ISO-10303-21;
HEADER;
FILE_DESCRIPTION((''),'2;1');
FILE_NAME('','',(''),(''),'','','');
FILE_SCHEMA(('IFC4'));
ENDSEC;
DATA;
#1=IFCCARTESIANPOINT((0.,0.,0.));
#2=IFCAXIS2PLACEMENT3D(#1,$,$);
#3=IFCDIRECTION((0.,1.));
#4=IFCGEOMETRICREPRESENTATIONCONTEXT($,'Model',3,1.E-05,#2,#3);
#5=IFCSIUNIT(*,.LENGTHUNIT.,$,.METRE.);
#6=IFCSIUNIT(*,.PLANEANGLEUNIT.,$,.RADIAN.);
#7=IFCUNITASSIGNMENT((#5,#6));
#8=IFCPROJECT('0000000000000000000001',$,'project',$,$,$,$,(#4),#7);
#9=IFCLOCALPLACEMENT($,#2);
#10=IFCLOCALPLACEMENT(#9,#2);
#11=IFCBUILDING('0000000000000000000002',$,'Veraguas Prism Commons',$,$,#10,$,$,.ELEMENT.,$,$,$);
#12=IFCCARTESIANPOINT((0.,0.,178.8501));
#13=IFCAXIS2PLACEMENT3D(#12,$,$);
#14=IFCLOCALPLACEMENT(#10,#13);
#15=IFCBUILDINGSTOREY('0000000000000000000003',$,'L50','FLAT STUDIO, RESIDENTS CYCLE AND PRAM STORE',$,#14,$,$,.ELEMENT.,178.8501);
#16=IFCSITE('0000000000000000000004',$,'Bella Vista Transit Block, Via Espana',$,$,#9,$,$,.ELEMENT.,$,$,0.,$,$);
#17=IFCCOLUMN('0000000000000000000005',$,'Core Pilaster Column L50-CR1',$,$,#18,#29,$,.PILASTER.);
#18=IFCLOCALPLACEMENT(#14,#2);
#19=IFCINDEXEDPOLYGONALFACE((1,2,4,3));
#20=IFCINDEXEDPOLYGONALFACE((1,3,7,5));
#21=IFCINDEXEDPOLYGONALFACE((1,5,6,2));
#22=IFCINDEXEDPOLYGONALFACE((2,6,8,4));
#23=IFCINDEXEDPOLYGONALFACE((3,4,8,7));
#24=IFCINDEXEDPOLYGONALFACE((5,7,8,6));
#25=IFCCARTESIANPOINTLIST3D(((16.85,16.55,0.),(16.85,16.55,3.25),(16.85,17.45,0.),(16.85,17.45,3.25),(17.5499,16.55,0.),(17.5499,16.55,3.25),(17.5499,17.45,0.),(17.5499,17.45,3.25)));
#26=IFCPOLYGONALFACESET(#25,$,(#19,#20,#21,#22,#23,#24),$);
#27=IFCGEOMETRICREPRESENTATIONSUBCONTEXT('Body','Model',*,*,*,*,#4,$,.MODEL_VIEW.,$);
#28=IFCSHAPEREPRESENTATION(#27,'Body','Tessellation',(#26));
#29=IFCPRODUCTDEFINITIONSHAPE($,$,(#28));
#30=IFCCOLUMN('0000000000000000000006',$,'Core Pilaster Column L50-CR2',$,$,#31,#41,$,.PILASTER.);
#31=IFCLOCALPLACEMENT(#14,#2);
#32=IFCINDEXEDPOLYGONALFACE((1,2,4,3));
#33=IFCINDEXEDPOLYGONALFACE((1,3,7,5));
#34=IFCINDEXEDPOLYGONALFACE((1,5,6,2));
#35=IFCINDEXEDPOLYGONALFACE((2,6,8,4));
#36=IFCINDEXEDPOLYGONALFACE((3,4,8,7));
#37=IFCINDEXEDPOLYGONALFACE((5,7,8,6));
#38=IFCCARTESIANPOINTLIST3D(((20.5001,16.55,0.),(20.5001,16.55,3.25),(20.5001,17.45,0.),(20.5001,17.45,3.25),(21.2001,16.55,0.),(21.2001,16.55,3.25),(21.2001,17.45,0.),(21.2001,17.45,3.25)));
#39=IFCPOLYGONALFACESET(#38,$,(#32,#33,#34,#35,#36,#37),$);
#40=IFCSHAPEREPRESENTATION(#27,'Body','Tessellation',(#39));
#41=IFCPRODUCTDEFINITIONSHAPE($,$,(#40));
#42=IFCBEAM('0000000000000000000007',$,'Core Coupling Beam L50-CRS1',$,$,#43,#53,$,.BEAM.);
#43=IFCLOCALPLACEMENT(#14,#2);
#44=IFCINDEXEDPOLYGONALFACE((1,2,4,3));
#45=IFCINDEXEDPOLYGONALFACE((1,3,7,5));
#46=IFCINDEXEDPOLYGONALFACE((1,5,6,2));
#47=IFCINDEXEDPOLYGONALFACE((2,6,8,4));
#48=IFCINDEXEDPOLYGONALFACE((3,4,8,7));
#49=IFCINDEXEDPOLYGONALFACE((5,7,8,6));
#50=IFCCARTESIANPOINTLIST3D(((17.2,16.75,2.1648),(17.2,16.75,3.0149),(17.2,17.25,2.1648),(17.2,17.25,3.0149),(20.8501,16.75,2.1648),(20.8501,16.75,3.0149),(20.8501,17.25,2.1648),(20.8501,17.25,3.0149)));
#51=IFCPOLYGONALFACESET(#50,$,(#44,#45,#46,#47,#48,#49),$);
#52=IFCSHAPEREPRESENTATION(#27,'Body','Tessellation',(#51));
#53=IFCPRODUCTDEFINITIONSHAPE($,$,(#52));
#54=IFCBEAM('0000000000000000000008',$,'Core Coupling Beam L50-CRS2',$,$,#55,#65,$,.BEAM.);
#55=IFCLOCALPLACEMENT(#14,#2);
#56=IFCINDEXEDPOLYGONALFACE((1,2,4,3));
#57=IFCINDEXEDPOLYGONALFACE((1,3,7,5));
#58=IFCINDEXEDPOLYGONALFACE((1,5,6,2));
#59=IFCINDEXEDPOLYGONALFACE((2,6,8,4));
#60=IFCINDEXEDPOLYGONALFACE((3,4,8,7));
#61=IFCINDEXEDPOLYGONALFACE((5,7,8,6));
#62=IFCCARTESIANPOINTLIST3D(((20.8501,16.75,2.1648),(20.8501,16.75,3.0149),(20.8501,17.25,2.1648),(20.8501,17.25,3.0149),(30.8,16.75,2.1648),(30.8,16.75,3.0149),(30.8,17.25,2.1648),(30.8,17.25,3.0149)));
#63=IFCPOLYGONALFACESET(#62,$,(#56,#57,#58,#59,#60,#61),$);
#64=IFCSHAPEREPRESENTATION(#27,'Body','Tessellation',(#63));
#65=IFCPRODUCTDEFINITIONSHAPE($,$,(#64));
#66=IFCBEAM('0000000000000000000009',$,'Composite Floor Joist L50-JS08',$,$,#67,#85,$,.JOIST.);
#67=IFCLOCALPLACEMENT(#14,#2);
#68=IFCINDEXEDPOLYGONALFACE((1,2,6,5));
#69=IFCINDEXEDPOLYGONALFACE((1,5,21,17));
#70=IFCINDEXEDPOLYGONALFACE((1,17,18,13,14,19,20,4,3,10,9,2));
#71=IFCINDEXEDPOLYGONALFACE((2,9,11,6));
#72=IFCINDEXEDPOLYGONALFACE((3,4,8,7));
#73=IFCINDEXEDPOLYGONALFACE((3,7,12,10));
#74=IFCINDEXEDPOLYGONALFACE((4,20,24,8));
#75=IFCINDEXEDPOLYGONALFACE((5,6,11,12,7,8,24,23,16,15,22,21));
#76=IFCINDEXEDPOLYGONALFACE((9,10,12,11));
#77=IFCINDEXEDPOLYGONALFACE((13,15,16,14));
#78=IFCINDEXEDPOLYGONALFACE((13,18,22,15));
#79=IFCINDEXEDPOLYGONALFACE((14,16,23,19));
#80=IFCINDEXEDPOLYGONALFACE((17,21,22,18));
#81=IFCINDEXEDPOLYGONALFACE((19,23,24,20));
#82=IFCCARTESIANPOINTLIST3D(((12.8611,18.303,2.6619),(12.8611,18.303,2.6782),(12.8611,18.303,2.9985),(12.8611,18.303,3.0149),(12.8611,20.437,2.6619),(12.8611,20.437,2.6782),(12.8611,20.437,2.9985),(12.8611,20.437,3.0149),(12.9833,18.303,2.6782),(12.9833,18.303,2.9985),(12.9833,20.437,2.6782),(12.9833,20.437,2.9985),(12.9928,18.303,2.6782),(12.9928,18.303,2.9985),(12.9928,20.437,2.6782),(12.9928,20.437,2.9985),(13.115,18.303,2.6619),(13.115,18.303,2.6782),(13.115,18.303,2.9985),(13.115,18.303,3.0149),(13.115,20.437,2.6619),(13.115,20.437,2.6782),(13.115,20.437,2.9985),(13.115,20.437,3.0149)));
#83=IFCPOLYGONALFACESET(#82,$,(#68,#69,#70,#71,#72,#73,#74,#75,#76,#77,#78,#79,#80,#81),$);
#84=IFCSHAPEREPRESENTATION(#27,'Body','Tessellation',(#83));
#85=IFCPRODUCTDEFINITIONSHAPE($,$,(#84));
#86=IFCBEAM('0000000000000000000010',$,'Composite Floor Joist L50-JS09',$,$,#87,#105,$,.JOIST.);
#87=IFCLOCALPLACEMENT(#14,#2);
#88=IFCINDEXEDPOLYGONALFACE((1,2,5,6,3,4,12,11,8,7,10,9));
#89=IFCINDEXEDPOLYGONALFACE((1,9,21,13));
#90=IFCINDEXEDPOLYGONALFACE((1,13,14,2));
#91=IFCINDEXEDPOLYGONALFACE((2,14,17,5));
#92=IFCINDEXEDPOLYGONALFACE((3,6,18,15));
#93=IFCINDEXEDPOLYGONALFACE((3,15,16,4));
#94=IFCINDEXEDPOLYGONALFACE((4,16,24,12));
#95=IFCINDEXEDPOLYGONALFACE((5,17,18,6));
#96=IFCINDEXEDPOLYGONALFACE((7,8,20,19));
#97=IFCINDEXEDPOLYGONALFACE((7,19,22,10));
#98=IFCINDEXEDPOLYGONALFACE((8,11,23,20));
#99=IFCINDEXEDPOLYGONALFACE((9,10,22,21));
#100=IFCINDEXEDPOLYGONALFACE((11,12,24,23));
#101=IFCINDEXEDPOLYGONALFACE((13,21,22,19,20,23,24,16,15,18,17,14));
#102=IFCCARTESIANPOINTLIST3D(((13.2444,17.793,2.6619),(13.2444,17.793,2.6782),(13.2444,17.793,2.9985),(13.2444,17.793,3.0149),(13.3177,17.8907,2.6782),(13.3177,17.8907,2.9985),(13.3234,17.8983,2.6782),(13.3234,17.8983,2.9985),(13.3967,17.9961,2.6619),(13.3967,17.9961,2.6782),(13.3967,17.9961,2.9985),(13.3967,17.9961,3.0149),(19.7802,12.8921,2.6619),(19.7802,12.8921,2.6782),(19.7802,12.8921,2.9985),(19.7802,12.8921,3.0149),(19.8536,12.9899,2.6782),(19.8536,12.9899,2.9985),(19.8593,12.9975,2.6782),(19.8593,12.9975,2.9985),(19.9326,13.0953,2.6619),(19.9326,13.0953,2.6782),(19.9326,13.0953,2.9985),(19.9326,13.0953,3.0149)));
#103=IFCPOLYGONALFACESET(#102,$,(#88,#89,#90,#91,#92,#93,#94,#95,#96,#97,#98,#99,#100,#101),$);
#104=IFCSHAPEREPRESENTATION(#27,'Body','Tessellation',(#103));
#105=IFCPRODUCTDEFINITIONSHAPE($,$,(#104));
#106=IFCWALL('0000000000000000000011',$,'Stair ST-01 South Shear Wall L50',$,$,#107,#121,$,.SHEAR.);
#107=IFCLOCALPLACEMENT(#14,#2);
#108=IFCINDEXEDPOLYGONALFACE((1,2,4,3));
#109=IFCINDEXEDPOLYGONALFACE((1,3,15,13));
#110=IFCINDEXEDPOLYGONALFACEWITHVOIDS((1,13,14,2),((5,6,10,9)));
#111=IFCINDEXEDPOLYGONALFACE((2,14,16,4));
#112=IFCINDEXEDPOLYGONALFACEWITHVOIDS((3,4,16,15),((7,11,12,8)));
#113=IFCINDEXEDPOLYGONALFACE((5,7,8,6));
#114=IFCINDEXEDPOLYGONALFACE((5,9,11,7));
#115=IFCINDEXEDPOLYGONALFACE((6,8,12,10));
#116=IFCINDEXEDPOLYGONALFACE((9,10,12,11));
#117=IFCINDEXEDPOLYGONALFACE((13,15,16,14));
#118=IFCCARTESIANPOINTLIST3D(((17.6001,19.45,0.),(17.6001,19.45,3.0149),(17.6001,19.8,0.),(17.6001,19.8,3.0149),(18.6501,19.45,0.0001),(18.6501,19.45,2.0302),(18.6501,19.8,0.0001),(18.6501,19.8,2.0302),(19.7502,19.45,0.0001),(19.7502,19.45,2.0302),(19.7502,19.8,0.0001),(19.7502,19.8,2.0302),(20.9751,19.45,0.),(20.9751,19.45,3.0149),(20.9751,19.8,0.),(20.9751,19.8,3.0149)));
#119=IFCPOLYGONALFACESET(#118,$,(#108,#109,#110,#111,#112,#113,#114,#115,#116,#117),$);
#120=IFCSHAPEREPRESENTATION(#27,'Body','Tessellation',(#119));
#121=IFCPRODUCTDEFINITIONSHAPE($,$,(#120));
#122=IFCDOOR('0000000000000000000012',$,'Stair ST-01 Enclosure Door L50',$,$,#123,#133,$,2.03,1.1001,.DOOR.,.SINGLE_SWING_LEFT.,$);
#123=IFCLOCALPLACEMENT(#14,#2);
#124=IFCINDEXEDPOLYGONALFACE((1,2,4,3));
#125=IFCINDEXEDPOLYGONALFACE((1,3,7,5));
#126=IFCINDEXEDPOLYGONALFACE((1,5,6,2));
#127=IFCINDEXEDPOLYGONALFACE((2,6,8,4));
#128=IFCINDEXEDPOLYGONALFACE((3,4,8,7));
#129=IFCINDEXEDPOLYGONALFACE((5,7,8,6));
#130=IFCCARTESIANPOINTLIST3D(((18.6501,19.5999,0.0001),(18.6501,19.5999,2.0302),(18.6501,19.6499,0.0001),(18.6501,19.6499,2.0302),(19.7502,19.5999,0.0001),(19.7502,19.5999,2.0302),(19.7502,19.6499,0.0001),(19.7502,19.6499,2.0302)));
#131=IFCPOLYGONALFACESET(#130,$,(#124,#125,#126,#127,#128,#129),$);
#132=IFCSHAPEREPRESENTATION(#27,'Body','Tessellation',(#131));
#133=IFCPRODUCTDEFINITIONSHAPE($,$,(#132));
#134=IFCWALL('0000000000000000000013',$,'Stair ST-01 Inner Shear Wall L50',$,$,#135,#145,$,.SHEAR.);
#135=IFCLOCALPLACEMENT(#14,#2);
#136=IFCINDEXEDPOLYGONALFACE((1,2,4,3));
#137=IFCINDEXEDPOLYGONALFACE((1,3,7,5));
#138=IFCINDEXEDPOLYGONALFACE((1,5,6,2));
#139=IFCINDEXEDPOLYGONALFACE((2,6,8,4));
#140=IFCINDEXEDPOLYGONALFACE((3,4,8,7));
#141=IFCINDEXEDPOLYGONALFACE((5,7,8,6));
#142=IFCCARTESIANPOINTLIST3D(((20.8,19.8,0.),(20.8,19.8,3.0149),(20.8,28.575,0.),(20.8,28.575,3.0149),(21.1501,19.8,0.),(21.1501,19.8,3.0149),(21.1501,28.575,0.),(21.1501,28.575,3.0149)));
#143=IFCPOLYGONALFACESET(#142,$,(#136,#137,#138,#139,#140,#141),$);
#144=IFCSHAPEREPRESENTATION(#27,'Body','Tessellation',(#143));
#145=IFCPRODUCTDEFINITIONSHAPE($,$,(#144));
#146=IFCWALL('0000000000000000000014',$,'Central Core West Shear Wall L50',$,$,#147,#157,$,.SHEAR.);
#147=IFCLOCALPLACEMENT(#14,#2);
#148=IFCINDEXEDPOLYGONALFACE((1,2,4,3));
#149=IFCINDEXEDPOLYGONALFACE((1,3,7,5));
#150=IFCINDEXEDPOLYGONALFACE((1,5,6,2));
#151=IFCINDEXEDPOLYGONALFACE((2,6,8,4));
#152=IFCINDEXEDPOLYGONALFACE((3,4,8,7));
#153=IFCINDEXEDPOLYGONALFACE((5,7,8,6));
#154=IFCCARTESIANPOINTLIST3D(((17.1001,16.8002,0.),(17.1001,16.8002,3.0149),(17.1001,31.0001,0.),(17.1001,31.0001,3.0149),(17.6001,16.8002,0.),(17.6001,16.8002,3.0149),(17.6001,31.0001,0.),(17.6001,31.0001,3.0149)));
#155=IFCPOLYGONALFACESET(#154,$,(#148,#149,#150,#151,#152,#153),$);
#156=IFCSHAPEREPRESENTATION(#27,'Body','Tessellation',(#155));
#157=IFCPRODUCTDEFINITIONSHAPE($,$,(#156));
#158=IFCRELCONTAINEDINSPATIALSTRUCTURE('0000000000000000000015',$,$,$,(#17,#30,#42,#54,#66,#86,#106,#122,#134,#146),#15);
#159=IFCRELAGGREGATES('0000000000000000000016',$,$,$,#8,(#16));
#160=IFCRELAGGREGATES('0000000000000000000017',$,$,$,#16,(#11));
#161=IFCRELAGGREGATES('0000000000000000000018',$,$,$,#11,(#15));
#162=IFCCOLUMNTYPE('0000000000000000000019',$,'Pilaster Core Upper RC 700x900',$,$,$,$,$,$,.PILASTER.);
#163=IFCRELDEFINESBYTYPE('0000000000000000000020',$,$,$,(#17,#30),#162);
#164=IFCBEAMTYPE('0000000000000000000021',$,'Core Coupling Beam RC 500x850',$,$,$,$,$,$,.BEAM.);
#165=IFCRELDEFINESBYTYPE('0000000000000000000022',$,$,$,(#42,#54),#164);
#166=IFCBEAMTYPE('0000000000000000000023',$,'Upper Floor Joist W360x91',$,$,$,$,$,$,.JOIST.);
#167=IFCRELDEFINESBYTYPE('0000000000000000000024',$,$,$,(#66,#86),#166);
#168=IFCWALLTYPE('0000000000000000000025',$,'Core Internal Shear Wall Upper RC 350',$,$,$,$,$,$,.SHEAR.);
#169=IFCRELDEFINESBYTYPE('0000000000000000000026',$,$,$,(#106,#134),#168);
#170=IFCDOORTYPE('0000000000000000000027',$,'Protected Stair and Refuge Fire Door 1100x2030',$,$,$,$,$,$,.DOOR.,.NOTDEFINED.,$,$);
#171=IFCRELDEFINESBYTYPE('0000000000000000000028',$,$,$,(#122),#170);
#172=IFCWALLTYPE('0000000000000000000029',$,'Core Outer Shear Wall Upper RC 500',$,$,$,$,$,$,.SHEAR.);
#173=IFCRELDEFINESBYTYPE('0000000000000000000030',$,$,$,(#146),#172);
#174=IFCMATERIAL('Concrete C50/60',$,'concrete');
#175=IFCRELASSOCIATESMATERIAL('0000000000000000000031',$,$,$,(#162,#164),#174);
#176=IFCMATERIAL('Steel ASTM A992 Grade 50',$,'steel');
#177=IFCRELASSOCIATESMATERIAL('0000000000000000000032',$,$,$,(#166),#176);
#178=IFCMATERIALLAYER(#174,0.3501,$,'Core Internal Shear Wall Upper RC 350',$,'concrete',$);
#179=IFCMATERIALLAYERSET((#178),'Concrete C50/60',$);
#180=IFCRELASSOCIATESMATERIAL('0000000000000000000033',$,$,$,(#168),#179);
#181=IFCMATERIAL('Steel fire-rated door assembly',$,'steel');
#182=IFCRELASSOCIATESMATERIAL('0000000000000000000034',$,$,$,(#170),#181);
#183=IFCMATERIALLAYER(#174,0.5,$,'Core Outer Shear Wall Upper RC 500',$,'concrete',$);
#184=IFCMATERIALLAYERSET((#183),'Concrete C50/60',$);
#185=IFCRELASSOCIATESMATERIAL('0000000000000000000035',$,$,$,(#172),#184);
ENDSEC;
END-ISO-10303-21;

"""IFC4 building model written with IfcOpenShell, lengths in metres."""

from ifc_helpers import new_model, si_unit, direction, frame, frame_2d, origin, origin_2d, place, context, subcontext, project, spatial, rectangle, i_section, extrude, source, transform, mapped, material, layer, layer_set, material_profile, profile_set, type_object, element, fill, save


model = new_model("IFC4")

# Units and contexts
model_context = context("Model", 3, precision=1e-05, world=origin(), true_north=direction((0.0, 1.0)))
body_context = subcontext(model_context, "Body", "Model", "MODEL_VIEW")
ifc_project = project(units=[si_unit("LENGTHUNIT", "METRE"), si_unit("PLANEANGLEUNIT", "RADIAN")], contexts=[model_context])

# Site, building, storey
site_placement = place(None, origin())
site = spatial("IfcSite", under=ifc_project, at=site_placement, Name="Bella Vista Transit Block, Via Espana", CompositionType="ELEMENT", RefElevation=0.0)
building_placement = place(site_placement, origin())
building = spatial("IfcBuilding", under=site, at=building_placement, Name="Veraguas Prism Commons", CompositionType="ELEMENT")
storey_placement = place(building_placement, frame((0.0, 0.0, 178.8501)))
storey = spatial("IfcBuildingStorey", under=building, at=storey_placement, Name="L50", Description="FLAT STUDIO, RESIDENTS CYCLE AND PRAM STORE", CompositionType="ELEMENT", Elevation=178.8501)

# Columns
ifc_material_1 = material(Name="Concrete C50/60", Category="concrete")
ifc_material_profile_1 = material_profile(ifc_material_1, rectangle(XDim=0.7, YDim=0.8999, at=origin_2d()), Name="RC700X900")
ifc_profile_set_1 = profile_set([ifc_material_profile_1], Name="Concrete C50/60")
column_type = type_object("IfcColumnType", Name="Pilaster Core Upper RC 700x900", PredefinedType="PILASTER", material=ifc_profile_set_1)
for number, where, z_axis, x_axis, name in (
    (1, (17.2, 17.0, 0.0), (0.0, 0.0, 1.0), (1.0, 0.0, 0.0), "Core Pilaster Column L50-CR1"),
    (2, (20.8501, 17.0, 0.0), (0.0, 0.0, 1.0), (1.0, 0.0, 0.0), "Core Pilaster Column L50-CR2"),
):
    element("IfcColumn", number, at=place(storey_placement, frame(where, z_axis=z_axis, x_axis=x_axis)), inside=storey, type_object=column_type, Name=name, PredefinedType="PILASTER", context=body_context, shape_type="SweptSolid", body=[
        extrude(rectangle(XDim=0.7, YDim=0.8999, at=origin_2d()), origin(), (0.0, 0.0, 1.0), 3.25),
    ])

# Beams
ifc_material_profile_2 = material_profile(ifc_material_1, rectangle(XDim=0.5, YDim=0.8501, at=origin_2d()), Name="RC500X850")
ifc_profile_set_2 = profile_set([ifc_material_profile_2], Name="Concrete C50/60")
beam_type_1 = type_object("IfcBeamType", Name="Core Coupling Beam RC 500x850", PredefinedType="BEAM", material=ifc_profile_set_2)
beam_1_placement = place(storey_placement, frame((17.2, 17.0, 2.5898), z_axis=(1.0, 0.0, 0.0), x_axis=(0.0, 1.0, 0.0)))
element("IfcBeam", 3, at=beam_1_placement, inside=storey, type_object=beam_type_1, Name="Core Coupling Beam L50-CRS1", PredefinedType="BEAM", context=body_context, shape_type="SweptSolid", body=[
    extrude(rectangle(XDim=0.5, YDim=0.8501, at=origin_2d()), origin(), (0.0, 0.0, 1.0), 3.6501),
])
beam_2_placement = place(storey_placement, frame((20.8501, 17.0, 2.5898), z_axis=(1.0, 0.0, 0.0), x_axis=(0.0, 1.0, 0.0)))
element("IfcBeam", 4, at=beam_2_placement, inside=storey, type_object=beam_type_1, Name="Core Coupling Beam L50-CRS2", PredefinedType="BEAM", context=body_context, shape_type="SweptSolid", body=[
    extrude(rectangle(XDim=0.5, YDim=0.8501, at=origin_2d()), origin(), (0.0, 0.0, 1.0), 9.95),
])
ifc_material_2 = material(Name="Steel ASTM A992 Grade 50", Category="steel")
ifc_material_profile_3 = material_profile(ifc_material_2, i_section(OverallWidth=0.2539, OverallDepth=0.353, WebThickness=0.0095, FlangeThickness=0.0164, at=origin_2d()), Name="W360X91")
ifc_profile_set_3 = profile_set([ifc_material_profile_3], Name="Steel ASTM A992 Grade 50")
beam_type_2 = type_object("IfcBeamType", Name="Upper Floor Joist W360x91", PredefinedType="JOIST", material=ifc_profile_set_3)
beam_3_placement = place(storey_placement, frame((12.988, 20.437, 2.8384), z_axis=(0.0, -1.0, 0.0), x_axis=(1.0, 0.0, 0.0)))
element("IfcBeam", 5, at=beam_3_placement, inside=storey, type_object=beam_type_2, Name="Composite Floor Joist L50-JS08", PredefinedType="JOIST", context=body_context, shape_type="SweptSolid", body=[
    extrude(i_section(OverallWidth=0.2539, OverallDepth=0.353, WebThickness=0.0095, FlangeThickness=0.0164, at=origin_2d()), origin(), (0.0, 0.0, 1.0), 2.134),
])
beam_4_placement = place(storey_placement, frame((13.3206, 17.8945, 2.8384), z_axis=(0.800061, -0.599919, 0.0), x_axis=(0.599919, 0.800061, 0.0)))
element("IfcBeam", 6, at=beam_4_placement, inside=storey, type_object=beam_type_2, Name="Composite Floor Joist L50-JS09", PredefinedType="JOIST", context=body_context, shape_type="SweptSolid", body=[
    extrude(i_section(OverallWidth=0.2539, OverallDepth=0.353, WebThickness=0.0095, FlangeThickness=0.0164, at=origin_2d()), origin(), (0.0, 0.0, 1.0), 8.1692),
])

# Wall, opening, door
ifc_layer_1 = layer(ifc_material_1, 0.3501, Name="Core Internal Shear Wall Upper RC 350", Category="concrete")
ifc_layer_set_1 = layer_set([ifc_layer_1], Name="Concrete C50/60")
wall_type_1 = type_object("IfcWallType", Name="Core Internal Shear Wall Upper RC 350", PredefinedType="SHEAR", material=ifc_layer_set_1)
wall_1_placement = place(storey_placement, frame((17.6001, 19.625, 0.0), z_axis=(0.0, 0.0, 1.0), x_axis=(1.0, 0.0, 0.0)))
wall_1 = element("IfcWall", 7, at=wall_1_placement, inside=storey, type_object=wall_type_1, Name="Stair ST-01 South Shear Wall L50", PredefinedType="SHEAR", context=body_context, shape_type="SweptSolid", body=[
    extrude(rectangle(XDim=3.375, YDim=0.3501, at=frame_2d((1.6875, 0.0))), origin(), (0.0, 0.0, 1.0), 3.0149),
])
opening_1_placement = place(wall_1_placement, frame((1.05, 0.0, 0.0)))
opening_1 = element("IfcOpeningElement", 8, at=opening_1_placement, cuts=wall_1, PredefinedType="OPENING", context=body_context, shape_type="SweptSolid", body=[
    extrude(rectangle(XDim=1.1001, YDim=2.03, at=frame_2d((0.55, 1.0151))), frame((0.0, 0.1851, 0.0), z_axis=(0.0, -1.0, 0.0), x_axis=(1.0, 0.0, 0.0)), (0.0, 0.0, 1.0), 0.3701),
])
ifc_material_3 = material(Name="Steel fire-rated door assembly", Category="steel")
door_type_1 = type_object("IfcDoorType", Name="Protected Stair and Refuge Fire Door 1100x2030", OperationType="NOTDEFINED", PredefinedType="DOOR", material=ifc_material_3)
shared_shape_1 = source(origin(), body_context, "Body", "SweptSolid", [
    extrude(rectangle(XDim=1.1001, YDim=2.03, at=frame_2d((0.55, 1.0151))), frame((0.0, 0.0249, 0.0), z_axis=(0.0, -1.0, 0.0), x_axis=(1.0, 0.0, 0.0)), (0.0, 0.0, 1.0), 0.05),
])
door_1_placement = place(opening_1_placement, origin())
door_1 = element("IfcDoor", 9, at=door_1_placement, inside=storey, type_object=door_type_1, Name="Stair ST-01 Enclosure Door L50", OperationType="SINGLE_SWING_LEFT", OverallHeight=2.03, OverallWidth=1.1001, PredefinedType="DOOR", context=body_context, shape_type="MappedRepresentation", body=[
    mapped(shared_shape_1, transform((0.0, 0.0, 0.0), scale=1.0)),
])
fill(opening_1, door_1)

# Walls
wall_2_placement = place(storey_placement, frame((20.9751, 19.8, 0.0), z_axis=(0.0, 0.0, 1.0), x_axis=(0.0, 1.0, 0.0)))
element("IfcWall", 10, at=wall_2_placement, inside=storey, type_object=wall_type_1, Name="Stair ST-01 Inner Shear Wall L50", PredefinedType="SHEAR", context=body_context, shape_type="SweptSolid", body=[
    extrude(rectangle(XDim=8.7749, YDim=0.3501, at=frame_2d((4.3875, 0.0))), origin(), (0.0, 0.0, 1.0), 3.0149),
])
ifc_layer_2 = layer(ifc_material_1, 0.5, Name="Core Outer Shear Wall Upper RC 500", Category="concrete")
ifc_layer_set_2 = layer_set([ifc_layer_2], Name="Concrete C50/60")
wall_type_2 = type_object("IfcWallType", Name="Core Outer Shear Wall Upper RC 500", PredefinedType="SHEAR", material=ifc_layer_set_2)
wall_3_placement = place(storey_placement, frame((17.3501, 16.8, 0.0), z_axis=(0.0, 0.0, 1.0), x_axis=(0.0, 1.0, 0.0)))
element("IfcWall", 11, at=wall_3_placement, inside=storey, type_object=wall_type_2, Name="Central Core West Shear Wall L50", PredefinedType="SHEAR", context=body_context, shape_type="SweptSolid", body=[
    extrude(rectangle(XDim=14.2, YDim=0.5, at=frame_2d((7.1001, 0.0))), origin(), (0.0, 0.0, 1.0), 3.0149),
])

save(model, "model.ifc")
